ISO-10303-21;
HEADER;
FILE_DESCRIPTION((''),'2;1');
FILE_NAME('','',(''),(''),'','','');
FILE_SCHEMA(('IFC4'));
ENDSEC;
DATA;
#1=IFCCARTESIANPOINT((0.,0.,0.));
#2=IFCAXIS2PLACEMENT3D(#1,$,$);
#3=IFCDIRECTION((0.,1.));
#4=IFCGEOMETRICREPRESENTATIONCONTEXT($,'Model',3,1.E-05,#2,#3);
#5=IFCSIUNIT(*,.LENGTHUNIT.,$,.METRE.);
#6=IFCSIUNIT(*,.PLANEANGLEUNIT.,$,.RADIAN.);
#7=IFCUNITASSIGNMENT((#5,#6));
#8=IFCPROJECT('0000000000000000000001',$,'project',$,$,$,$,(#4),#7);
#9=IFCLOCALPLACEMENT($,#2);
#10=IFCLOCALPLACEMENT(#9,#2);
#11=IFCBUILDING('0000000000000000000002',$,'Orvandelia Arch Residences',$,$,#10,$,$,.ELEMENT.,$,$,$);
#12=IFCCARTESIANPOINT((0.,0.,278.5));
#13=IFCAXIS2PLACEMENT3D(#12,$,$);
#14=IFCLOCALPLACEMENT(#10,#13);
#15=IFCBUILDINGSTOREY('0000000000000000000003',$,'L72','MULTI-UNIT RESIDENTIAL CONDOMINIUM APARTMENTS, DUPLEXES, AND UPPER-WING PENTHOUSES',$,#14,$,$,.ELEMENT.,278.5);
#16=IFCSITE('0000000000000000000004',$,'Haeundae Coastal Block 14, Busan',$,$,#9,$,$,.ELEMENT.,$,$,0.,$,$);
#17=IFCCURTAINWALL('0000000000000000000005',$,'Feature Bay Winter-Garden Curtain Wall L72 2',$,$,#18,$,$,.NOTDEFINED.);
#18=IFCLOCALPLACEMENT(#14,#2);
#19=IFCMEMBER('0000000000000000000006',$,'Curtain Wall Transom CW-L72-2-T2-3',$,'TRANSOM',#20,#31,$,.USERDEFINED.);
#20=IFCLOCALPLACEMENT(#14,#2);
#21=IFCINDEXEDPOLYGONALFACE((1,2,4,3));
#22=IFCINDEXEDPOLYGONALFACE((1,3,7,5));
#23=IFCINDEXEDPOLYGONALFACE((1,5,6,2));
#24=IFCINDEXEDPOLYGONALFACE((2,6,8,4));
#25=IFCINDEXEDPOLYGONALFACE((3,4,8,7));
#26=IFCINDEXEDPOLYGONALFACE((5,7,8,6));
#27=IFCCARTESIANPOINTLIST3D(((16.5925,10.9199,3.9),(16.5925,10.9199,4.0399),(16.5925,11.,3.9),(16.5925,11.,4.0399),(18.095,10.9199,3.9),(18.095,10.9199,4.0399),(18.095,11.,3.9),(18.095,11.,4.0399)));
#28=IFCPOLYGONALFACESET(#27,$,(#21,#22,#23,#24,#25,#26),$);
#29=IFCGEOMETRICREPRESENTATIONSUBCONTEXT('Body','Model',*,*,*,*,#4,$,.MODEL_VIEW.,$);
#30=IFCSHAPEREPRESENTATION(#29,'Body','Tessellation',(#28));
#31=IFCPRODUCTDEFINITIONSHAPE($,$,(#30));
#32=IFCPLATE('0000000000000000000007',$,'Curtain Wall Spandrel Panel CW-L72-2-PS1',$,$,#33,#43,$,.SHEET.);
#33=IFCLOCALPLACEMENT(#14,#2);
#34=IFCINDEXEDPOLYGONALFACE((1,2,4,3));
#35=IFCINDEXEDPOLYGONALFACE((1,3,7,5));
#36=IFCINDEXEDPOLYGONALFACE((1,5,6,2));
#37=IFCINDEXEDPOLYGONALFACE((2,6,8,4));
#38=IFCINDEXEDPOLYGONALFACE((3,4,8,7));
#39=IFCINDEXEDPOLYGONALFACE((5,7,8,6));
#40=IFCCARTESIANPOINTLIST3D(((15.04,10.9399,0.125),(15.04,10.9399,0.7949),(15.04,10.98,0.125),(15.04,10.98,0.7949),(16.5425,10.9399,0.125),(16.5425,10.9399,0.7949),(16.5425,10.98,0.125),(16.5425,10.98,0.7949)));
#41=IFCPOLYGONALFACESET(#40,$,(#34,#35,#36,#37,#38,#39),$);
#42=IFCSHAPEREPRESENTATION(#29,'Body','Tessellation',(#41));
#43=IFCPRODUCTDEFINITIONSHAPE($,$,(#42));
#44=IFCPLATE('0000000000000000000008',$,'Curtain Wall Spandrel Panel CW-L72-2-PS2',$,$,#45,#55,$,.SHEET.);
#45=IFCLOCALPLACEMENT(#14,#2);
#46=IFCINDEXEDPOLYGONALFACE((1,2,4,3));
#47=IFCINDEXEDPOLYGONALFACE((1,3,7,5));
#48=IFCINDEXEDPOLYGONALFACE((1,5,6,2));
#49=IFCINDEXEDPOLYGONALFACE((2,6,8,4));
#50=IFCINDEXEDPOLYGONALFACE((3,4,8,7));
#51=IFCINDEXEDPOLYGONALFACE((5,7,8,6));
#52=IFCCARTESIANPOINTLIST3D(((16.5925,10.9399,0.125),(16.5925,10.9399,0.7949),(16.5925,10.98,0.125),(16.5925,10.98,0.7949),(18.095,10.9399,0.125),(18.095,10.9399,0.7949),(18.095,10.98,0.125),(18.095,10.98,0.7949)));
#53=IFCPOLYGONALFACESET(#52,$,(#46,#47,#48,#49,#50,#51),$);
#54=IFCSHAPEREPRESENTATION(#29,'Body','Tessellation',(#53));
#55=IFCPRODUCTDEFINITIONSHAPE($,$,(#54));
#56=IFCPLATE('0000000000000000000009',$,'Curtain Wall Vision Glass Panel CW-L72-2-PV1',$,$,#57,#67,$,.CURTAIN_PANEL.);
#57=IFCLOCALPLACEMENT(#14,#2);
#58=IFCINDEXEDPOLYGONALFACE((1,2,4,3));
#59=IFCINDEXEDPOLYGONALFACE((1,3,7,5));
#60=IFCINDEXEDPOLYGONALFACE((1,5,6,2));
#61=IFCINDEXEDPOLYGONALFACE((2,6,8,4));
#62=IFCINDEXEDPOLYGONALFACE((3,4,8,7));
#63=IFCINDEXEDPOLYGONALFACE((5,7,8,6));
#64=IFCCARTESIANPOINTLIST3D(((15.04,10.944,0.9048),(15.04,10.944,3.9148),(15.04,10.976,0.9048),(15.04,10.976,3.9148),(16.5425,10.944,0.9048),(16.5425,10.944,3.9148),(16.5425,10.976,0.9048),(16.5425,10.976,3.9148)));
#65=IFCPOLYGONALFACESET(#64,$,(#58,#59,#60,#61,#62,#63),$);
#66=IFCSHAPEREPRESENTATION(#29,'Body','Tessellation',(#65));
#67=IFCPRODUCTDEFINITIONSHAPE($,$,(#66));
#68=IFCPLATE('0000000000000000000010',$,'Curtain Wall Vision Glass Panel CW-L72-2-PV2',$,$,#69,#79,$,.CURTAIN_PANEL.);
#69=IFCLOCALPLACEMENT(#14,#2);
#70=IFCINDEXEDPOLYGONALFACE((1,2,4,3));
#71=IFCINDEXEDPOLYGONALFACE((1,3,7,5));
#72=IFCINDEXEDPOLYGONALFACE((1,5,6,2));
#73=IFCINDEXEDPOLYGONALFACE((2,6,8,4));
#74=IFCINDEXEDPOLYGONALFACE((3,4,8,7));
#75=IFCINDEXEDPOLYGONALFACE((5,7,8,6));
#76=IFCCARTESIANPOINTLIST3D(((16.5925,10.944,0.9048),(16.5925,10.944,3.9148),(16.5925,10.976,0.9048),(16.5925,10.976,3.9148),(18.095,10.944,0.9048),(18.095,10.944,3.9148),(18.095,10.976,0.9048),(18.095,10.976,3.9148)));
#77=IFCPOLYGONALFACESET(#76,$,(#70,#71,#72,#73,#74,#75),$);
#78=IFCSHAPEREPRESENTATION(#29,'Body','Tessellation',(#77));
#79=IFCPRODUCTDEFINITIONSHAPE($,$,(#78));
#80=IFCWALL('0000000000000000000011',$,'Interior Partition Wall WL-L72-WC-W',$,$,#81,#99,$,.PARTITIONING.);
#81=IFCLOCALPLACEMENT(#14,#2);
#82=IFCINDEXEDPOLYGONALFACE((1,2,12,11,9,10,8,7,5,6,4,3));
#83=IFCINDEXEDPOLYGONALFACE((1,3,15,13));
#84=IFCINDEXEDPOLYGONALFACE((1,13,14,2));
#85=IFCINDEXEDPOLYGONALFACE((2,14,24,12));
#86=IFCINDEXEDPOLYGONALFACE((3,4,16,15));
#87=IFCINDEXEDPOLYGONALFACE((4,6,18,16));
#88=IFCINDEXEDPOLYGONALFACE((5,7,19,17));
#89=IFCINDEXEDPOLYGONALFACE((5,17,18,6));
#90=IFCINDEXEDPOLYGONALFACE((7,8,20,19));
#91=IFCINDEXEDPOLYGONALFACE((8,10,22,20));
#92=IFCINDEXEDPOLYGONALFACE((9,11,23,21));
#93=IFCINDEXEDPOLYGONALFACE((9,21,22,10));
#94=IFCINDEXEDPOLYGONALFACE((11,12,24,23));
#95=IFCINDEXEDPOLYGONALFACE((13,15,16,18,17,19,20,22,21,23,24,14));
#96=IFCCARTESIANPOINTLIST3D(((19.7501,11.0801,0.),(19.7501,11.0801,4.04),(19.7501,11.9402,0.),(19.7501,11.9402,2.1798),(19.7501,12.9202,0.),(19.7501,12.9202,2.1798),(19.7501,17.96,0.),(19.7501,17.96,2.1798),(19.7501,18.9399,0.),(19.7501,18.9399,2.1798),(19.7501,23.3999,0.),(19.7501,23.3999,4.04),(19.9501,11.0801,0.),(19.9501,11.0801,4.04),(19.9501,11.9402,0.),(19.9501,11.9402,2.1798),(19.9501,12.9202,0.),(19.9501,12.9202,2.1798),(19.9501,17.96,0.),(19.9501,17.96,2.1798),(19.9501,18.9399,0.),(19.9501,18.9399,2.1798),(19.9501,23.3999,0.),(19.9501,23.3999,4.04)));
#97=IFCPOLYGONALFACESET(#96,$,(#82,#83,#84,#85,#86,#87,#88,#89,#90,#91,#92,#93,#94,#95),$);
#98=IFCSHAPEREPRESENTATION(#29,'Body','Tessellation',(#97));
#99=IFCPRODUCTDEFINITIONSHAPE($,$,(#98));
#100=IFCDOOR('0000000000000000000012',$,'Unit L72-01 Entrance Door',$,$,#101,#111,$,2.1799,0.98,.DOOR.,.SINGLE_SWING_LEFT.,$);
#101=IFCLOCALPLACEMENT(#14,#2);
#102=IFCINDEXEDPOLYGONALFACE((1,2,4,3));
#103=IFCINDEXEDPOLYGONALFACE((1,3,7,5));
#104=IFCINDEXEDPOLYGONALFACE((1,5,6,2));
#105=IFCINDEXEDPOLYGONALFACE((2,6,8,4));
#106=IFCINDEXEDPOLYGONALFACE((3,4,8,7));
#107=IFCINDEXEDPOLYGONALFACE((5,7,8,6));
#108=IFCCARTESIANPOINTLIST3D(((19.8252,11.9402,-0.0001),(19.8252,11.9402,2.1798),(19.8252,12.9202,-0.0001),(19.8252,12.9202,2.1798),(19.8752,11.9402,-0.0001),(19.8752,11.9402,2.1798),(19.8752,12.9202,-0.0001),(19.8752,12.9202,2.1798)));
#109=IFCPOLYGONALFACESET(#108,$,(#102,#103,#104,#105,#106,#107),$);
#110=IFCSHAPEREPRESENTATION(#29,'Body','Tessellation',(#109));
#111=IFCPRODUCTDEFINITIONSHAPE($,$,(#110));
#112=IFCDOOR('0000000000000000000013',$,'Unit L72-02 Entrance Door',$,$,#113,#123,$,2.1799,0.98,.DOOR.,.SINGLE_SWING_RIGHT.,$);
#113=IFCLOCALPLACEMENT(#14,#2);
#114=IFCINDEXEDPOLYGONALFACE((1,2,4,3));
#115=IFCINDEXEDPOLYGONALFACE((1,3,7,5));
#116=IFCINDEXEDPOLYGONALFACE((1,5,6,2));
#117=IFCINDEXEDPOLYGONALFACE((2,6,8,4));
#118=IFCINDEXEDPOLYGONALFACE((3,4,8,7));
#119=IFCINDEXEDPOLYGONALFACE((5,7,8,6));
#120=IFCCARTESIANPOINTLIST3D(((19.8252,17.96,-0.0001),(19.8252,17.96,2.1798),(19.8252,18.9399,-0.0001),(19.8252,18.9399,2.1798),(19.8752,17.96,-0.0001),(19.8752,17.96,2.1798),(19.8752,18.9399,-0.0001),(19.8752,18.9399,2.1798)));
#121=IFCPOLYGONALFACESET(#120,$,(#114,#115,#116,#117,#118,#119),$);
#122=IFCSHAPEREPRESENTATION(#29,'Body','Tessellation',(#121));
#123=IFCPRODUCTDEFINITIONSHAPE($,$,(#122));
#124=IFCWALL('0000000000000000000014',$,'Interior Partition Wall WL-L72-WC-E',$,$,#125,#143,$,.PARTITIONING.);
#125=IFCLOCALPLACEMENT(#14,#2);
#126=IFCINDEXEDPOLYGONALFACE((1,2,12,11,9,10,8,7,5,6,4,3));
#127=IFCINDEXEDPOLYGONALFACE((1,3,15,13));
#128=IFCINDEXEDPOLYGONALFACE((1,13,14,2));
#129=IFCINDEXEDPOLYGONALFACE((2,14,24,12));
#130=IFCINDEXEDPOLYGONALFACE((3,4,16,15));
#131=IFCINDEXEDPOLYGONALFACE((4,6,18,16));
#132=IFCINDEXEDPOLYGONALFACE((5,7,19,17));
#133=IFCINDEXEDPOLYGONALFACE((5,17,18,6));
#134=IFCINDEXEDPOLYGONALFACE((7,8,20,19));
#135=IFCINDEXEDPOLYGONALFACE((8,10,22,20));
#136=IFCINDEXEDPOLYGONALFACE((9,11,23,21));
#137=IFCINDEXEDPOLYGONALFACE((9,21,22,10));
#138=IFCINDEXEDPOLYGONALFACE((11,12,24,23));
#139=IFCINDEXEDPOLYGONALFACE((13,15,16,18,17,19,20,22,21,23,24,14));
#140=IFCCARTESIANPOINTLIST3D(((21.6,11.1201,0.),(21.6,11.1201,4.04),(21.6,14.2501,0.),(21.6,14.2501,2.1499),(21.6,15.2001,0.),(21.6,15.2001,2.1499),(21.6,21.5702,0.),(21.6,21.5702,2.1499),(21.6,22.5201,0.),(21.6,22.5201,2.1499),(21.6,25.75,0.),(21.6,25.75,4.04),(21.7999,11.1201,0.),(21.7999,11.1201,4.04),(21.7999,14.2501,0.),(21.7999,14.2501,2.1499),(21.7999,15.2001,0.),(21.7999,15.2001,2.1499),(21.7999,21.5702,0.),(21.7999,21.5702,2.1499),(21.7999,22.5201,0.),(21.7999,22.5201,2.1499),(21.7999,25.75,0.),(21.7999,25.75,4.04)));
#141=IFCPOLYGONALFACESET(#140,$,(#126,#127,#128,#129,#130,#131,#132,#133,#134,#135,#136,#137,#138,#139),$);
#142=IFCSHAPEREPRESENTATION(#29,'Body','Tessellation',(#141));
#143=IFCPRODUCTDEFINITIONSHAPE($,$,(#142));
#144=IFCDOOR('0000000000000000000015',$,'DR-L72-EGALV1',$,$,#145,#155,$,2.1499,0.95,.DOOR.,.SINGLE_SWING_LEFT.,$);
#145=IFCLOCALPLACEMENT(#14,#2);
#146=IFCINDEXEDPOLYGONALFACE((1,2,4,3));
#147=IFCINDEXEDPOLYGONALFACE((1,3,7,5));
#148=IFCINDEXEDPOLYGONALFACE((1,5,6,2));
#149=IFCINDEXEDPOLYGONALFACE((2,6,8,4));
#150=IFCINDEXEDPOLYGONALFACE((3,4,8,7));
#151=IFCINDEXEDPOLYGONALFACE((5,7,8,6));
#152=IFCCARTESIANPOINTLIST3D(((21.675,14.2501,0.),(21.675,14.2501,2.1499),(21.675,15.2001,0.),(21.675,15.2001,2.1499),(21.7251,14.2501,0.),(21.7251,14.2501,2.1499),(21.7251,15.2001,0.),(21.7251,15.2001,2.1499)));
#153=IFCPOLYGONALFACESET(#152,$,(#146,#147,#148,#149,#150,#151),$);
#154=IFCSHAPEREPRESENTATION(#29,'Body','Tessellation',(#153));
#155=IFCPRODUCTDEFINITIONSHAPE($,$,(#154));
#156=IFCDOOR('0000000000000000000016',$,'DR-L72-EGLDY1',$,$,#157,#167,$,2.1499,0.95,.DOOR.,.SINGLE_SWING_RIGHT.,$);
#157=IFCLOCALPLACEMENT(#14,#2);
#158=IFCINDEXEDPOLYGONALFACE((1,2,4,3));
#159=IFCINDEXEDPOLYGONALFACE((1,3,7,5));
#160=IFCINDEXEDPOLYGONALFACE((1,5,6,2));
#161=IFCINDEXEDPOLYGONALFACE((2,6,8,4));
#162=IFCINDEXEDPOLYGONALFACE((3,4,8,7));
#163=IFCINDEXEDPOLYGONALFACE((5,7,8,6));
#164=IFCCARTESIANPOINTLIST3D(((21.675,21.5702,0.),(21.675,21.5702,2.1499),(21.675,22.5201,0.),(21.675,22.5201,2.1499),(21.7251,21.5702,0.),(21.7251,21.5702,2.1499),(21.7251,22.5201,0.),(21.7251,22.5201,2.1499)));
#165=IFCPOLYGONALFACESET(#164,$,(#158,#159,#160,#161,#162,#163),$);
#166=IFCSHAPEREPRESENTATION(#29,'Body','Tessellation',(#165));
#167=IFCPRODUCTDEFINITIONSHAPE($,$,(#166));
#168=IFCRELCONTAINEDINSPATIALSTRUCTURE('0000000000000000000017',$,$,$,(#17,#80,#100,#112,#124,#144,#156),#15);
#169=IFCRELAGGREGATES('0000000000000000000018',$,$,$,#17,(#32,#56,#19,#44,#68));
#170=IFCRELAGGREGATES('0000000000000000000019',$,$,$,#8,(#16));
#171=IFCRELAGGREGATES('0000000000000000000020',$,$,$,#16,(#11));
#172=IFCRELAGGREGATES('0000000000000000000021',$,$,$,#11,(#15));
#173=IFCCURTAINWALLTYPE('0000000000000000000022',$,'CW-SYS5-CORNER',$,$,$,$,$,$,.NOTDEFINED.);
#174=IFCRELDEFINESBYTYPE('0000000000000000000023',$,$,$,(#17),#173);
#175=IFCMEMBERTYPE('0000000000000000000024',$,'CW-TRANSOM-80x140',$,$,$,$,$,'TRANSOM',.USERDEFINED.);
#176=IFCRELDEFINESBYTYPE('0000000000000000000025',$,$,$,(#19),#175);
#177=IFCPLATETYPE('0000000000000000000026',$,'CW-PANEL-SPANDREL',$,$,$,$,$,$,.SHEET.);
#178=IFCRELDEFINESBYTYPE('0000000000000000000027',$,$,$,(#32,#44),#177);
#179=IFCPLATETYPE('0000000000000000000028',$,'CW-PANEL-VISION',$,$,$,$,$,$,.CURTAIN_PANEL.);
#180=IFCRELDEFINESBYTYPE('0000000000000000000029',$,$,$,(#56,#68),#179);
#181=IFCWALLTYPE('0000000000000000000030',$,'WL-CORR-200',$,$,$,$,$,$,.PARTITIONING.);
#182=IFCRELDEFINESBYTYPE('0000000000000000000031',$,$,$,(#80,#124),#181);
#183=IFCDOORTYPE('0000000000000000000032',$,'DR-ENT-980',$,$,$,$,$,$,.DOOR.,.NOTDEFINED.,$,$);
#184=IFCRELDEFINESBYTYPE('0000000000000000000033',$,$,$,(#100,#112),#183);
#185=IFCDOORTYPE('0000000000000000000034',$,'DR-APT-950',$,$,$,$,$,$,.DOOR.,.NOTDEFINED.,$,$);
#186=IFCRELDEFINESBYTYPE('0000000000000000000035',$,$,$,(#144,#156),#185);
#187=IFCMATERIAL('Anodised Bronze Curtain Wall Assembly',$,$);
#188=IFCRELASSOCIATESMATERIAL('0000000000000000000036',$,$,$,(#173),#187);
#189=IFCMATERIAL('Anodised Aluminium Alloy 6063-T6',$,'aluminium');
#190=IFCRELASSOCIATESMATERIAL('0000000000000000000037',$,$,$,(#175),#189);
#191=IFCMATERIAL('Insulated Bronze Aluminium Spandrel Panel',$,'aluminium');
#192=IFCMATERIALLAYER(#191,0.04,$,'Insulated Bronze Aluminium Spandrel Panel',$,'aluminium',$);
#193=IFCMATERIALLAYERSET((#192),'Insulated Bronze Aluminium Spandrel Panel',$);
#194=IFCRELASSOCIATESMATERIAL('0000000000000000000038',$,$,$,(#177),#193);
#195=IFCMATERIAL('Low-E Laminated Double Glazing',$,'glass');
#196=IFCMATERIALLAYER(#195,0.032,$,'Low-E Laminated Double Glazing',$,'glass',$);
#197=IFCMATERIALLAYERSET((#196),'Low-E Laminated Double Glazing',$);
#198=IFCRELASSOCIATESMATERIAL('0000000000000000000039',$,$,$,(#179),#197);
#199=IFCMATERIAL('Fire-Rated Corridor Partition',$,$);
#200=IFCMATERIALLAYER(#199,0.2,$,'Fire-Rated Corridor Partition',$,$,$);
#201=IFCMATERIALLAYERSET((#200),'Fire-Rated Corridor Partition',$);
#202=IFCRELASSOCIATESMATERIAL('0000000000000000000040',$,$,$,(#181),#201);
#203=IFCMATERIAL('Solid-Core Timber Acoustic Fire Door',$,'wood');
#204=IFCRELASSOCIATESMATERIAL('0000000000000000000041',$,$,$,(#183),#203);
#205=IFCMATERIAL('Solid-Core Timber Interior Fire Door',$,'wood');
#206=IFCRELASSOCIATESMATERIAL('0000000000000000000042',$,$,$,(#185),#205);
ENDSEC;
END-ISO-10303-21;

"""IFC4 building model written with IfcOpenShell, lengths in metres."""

from ifc_helpers import new_model, si_unit, direction, frame, frame_2d, origin, origin_2d, place, context, subcontext, project, spatial, rectangle, extrude, material, layer, layer_set, material_profile, profile_set, type_object, element, fill, aggregate, save


model = new_model("IFC4")

# Units and contexts
model_context = context("Model", 3, precision=1e-05, world=origin(), true_north=direction((0.0, 1.0)))
body_context = subcontext(model_context, "Body", "Model", "MODEL_VIEW")
ifc_project = project(units=[si_unit("LENGTHUNIT", "METRE"), si_unit("PLANEANGLEUNIT", "RADIAN")], contexts=[model_context])

# Site, building, storey
site_placement = place(None, origin())
site = spatial("IfcSite", under=ifc_project, at=site_placement, Name="Haeundae Coastal Block 14, Busan", CompositionType="ELEMENT", RefElevation=0.0)
building_placement = place(site_placement, origin())
building = spatial("IfcBuilding", under=site, at=building_placement, Name="Orvandelia Arch Residences", CompositionType="ELEMENT")
storey_placement = place(building_placement, frame((0.0, 0.0, 278.5)))
storey = spatial("IfcBuildingStorey", under=building, at=storey_placement, Name="L72", Description="MULTI-UNIT RESIDENTIAL CONDOMINIUM APARTMENTS, DUPLEXES, AND UPPER-WING PENTHOUSES", CompositionType="ELEMENT", Elevation=278.5)

# Shared definitions
ifc_material_1 = material(Name="Anodised Bronze Curtain Wall Assembly")
curtain_wall_type = type_object("IfcCurtainWallType", Name="CW-SYS5-CORNER", PredefinedType="NOTDEFINED", material=ifc_material_1)
ifc_material_2 = material(Name="Anodised Aluminium Alloy 6063-T6", Category="aluminium")

# Curtain wall, member, plates
curtain_wall_1_placement = place(storey_placement, origin())
curtain_wall_1 = element("IfcCurtainWall", 1, at=curtain_wall_1_placement, inside=storey, type_object=curtain_wall_type, Name="Feature Bay Winter-Garden Curtain Wall L72 2", PredefinedType="NOTDEFINED")
ifc_material_profile_1 = material_profile(ifc_material_2, rectangle(XDim=0.0801, YDim=0.1399, at=origin_2d()), Name="Anodised Aluminium Alloy 6063-T6", Category="aluminium")
ifc_profile_set_1 = profile_set([ifc_material_profile_1], Name="Anodised Aluminium Alloy 6063-T6")
member_type_1 = type_object("IfcMemberType", Name="CW-TRANSOM-80x140", ElementType="TRANSOM", PredefinedType="USERDEFINED", material=ifc_profile_set_1)
member_1_placement = place(storey_placement, frame((16.5925, 10.96, 3.97), z_axis=(1.0, 0.0, 0.0), x_axis=(0.0, 1.0, 0.0)))
member_1 = element("IfcMember", 2, at=member_1_placement, type_object=member_type_1, Name="Curtain Wall Transom CW-L72-2-T2-3", ObjectType="TRANSOM", PredefinedType="USERDEFINED", context=body_context, shape_type="SweptSolid", body=[
    extrude(rectangle(XDim=0.0801, YDim=0.1399, at=origin_2d()), origin(), (0.0, 0.0, 1.0), 1.5024),
])
ifc_material_3 = material(Name="Insulated Bronze Aluminium Spandrel Panel", Category="aluminium")
ifc_layer_1 = layer(ifc_material_3, 0.04, Name="Insulated Bronze Aluminium Spandrel Panel", Category="aluminium")
ifc_layer_set_1 = layer_set([ifc_layer_1], Name="Insulated Bronze Aluminium Spandrel Panel")
plate_type_1 = type_object("IfcPlateType", Name="CW-PANEL-SPANDREL", PredefinedType="SHEET", material=ifc_layer_set_1)
plate_1_placement = place(storey_placement, frame((15.7913, 10.96, 0.125), z_axis=(0.0, 0.0, 1.0), x_axis=(1.0, 0.0, 0.0)))
plate_1 = element("IfcPlate", 3, at=plate_1_placement, type_object=plate_type_1, Name="Curtain Wall Spandrel Panel CW-L72-2-PS1", PredefinedType="SHEET", context=body_context, shape_type="SweptSolid", body=[
    extrude(rectangle(XDim=1.5024, YDim=0.04, at=origin_2d()), origin(), (0.0, 0.0, 1.0), 0.6699),
])
plate_2_placement = place(storey_placement, frame((17.3438, 10.96, 0.125), z_axis=(0.0, 0.0, 1.0), x_axis=(1.0, 0.0, 0.0)))
plate_2 = element("IfcPlate", 4, at=plate_2_placement, type_object=plate_type_1, Name="Curtain Wall Spandrel Panel CW-L72-2-PS2", PredefinedType="SHEET", context=body_context, shape_type="SweptSolid", body=[
    extrude(rectangle(XDim=1.5024, YDim=0.04, at=origin_2d()), origin(), (0.0, 0.0, 1.0), 0.6699),
])
ifc_material_4 = material(Name="Low-E Laminated Double Glazing", Category="glass")
ifc_layer_2 = layer(ifc_material_4, 0.032, Name="Low-E Laminated Double Glazing", Category="glass")
ifc_layer_set_2 = layer_set([ifc_layer_2], Name="Low-E Laminated Double Glazing")
plate_type_2 = type_object("IfcPlateType", Name="CW-PANEL-VISION", PredefinedType="CURTAIN_PANEL", material=ifc_layer_set_2)
plate_3_placement = place(storey_placement, frame((15.7913, 10.96, 0.9048), z_axis=(0.0, 0.0, 1.0), x_axis=(1.0, 0.0, 0.0)))
plate_3 = element("IfcPlate", 5, at=plate_3_placement, type_object=plate_type_2, Name="Curtain Wall Vision Glass Panel CW-L72-2-PV1", PredefinedType="CURTAIN_PANEL", context=body_context, shape_type="SweptSolid", body=[
    extrude(rectangle(XDim=1.5024, YDim=0.032, at=origin_2d()), origin(), (0.0, 0.0, 1.0), 3.01),
])
plate_4_placement = place(storey_placement, frame((17.3438, 10.96, 0.9048), z_axis=(0.0, 0.0, 1.0), x_axis=(1.0, 0.0, 0.0)))
plate_4 = element("IfcPlate", 6, at=plate_4_placement, type_object=plate_type_2, Name="Curtain Wall Vision Glass Panel CW-L72-2-PV2", PredefinedType="CURTAIN_PANEL", context=body_context, shape_type="SweptSolid", body=[
    extrude(rectangle(XDim=1.5024, YDim=0.032, at=origin_2d()), origin(), (0.0, 0.0, 1.0), 3.01),
])
aggregate(curtain_wall_1, [plate_1, plate_3, member_1, plate_2, plate_4])

# Walls, openings, doors
ifc_material_5 = material(Name="Fire-Rated Corridor Partition")
ifc_layer_3 = layer(ifc_material_5, 0.2, Name="Fire-Rated Corridor Partition")
ifc_layer_set_3 = layer_set([ifc_layer_3], Name="Fire-Rated Corridor Partition")
wall_type_1 = type_object("IfcWallType", Name="WL-CORR-200", PredefinedType="PARTITIONING", material=ifc_layer_set_3)
wall_1_placement = place(storey_placement, frame((19.8501, 11.0801, 0.0), z_axis=(0.0, 0.0, 1.0), x_axis=(0.0, 1.0, 0.0)))
wall_1 = element("IfcWall", 7, at=wall_1_placement, inside=storey, type_object=wall_type_1, Name="Interior Partition Wall WL-L72-WC-W", PredefinedType="PARTITIONING", context=body_context, shape_type="SweptSolid", body=[
    extrude(rectangle(XDim=12.3198, YDim=0.2, at=frame_2d((6.1599, 0.0))), origin(), (0.0, 0.0, 1.0), 4.04),
])
opening_1_placement = place(wall_1_placement, frame((0.8601, 0.0, 0.0)))
opening_1 = element("IfcOpeningElement", 8, at=opening_1_placement, cuts=wall_1, PredefinedType="OPENING", context=body_context, shape_type="SweptSolid", body=[
    extrude(rectangle(XDim=0.98, YDim=2.1799, at=frame_2d((0.49, 1.0898))), frame((0.0, 0.1099, 0.0), z_axis=(0.0, -1.0, 0.0), x_axis=(1.0, 0.0, 0.0)), (0.0, 0.0, 1.0), 0.22),
])
opening_2_placement = place(wall_1_placement, frame((6.8799, 0.0, 0.0)))
opening_2 = element("IfcOpeningElement", 9, at=opening_2_placement, cuts=wall_1, PredefinedType="OPENING", context=body_context, shape_type="SweptSolid", body=[
    extrude(rectangle(XDim=0.98, YDim=2.1799, at=frame_2d((0.49, 1.0898))), frame((0.0, 0.1099, 0.0), z_axis=(0.0, -1.0, 0.0), x_axis=(1.0, 0.0, 0.0)), (0.0, 0.0, 1.0), 0.22),
])
ifc_material_6 = material(Name="Solid-Core Timber Acoustic Fire Door", Category="wood")
door_type_1 = type_object("IfcDoorType", Name="DR-ENT-980", OperationType="NOTDEFINED", PredefinedType="DOOR", material=ifc_material_6)
door_1_placement = place(opening_1_placement, origin())
door_1 = element("IfcDoor", 10, at=door_1_placement, inside=storey, type_object=door_type_1, Name="Unit L72-01 Entrance Door", OperationType="SINGLE_SWING_LEFT", OverallHeight=2.1799, OverallWidth=0.98, PredefinedType="DOOR", context=body_context, shape_type="SweptSolid", body=[
    extrude(rectangle(XDim=0.98, YDim=2.1799, at=frame_2d((0.49, 1.0898))), frame((0.0, 0.0249, 0.0), z_axis=(0.0, -1.0, 0.0), x_axis=(1.0, 0.0, 0.0)), (0.0, 0.0, 1.0), 0.05),
])
fill(opening_1, door_1)
door_2_placement = place(opening_2_placement, origin())
door_2 = element("IfcDoor", 11, at=door_2_placement, inside=storey, type_object=door_type_1, Name="Unit L72-02 Entrance Door", OperationType="SINGLE_SWING_RIGHT", OverallHeight=2.1799, OverallWidth=0.98, PredefinedType="DOOR", context=body_context, shape_type="SweptSolid", body=[
    extrude(rectangle(XDim=0.98, YDim=2.1799, at=frame_2d((0.49, 1.0898))), frame((0.0, 0.0249, 0.0), z_axis=(0.0, -1.0, 0.0), x_axis=(1.0, 0.0, 0.0)), (0.0, 0.0, 1.0), 0.05),
])
fill(opening_2, door_2)
wall_2_placement = place(storey_placement, frame((21.7, 11.1201, 0.0), z_axis=(0.0, 0.0, 1.0), x_axis=(0.0, 1.0, 0.0)))
wall_2 = element("IfcWall", 12, at=wall_2_placement, inside=storey, type_object=wall_type_1, Name="Interior Partition Wall WL-L72-WC-E", PredefinedType="PARTITIONING", context=body_context, shape_type="SweptSolid", body=[
    extrude(rectangle(XDim=14.6299, YDim=0.2, at=frame_2d((7.3149, 0.0))), origin(), (0.0, 0.0, 1.0), 4.04),
])
opening_3_placement = place(wall_2_placement, frame((3.1299, 0.0, 0.0)))
opening_3 = element("IfcOpeningElement", 13, at=opening_3_placement, cuts=wall_2, PredefinedType="OPENING", context=body_context, shape_type="SweptSolid", body=[
    extrude(rectangle(XDim=0.95, YDim=2.1499, at=frame_2d((0.4751, 1.075))), frame((0.0, 0.1099, 0.0), z_axis=(0.0, -1.0, 0.0), x_axis=(1.0, 0.0, 0.0)), (0.0, 0.0, 1.0), 0.22),
])
opening_4_placement = place(wall_2_placement, frame((10.45, 0.0, 0.0)))
opening_4 = element("IfcOpeningElement", 14, at=opening_4_placement, cuts=wall_2, PredefinedType="OPENING", context=body_context, shape_type="SweptSolid", body=[
    extrude(rectangle(XDim=0.95, YDim=2.1499, at=frame_2d((0.4751, 1.075))), frame((0.0, 0.1099, 0.0), z_axis=(0.0, -1.0, 0.0), x_axis=(1.0, 0.0, 0.0)), (0.0, 0.0, 1.0), 0.22),
])
ifc_material_7 = material(Name="Solid-Core Timber Interior Fire Door", Category="wood")
door_type_2 = type_object("IfcDoorType", Name="DR-APT-950", OperationType="NOTDEFINED", PredefinedType="DOOR", material=ifc_material_7)
door_3_placement = place(opening_3_placement, origin())
door_3 = element("IfcDoor", 15, at=door_3_placement, inside=storey, type_object=door_type_2, Name="DR-L72-EGALV1", OperationType="SINGLE_SWING_LEFT", OverallHeight=2.1499, OverallWidth=0.95, PredefinedType="DOOR", context=body_context, shape_type="SweptSolid", body=[
    extrude(rectangle(XDim=0.95, YDim=2.1499, at=frame_2d((0.4751, 1.075))), frame((0.0, 0.0249, 0.0), z_axis=(0.0, -1.0, 0.0), x_axis=(1.0, 0.0, 0.0)), (0.0, 0.0, 1.0), 0.05),
])
fill(opening_3, door_3)
door_4_placement = place(opening_4_placement, origin())
door_4 = element("IfcDoor", 16, at=door_4_placement, inside=storey, type_object=door_type_2, Name="DR-L72-EGLDY1", OperationType="SINGLE_SWING_RIGHT", OverallHeight=2.1499, OverallWidth=0.95, PredefinedType="DOOR", context=body_context, shape_type="SweptSolid", body=[
    extrude(rectangle(XDim=0.95, YDim=2.1499, at=frame_2d((0.4751, 1.075))), frame((0.0, 0.0249, 0.0), z_axis=(0.0, -1.0, 0.0), x_axis=(1.0, 0.0, 0.0)), (0.0, 0.0, 1.0), 0.05),
])
fill(opening_4, door_4)

save(model, "model.ifc")
